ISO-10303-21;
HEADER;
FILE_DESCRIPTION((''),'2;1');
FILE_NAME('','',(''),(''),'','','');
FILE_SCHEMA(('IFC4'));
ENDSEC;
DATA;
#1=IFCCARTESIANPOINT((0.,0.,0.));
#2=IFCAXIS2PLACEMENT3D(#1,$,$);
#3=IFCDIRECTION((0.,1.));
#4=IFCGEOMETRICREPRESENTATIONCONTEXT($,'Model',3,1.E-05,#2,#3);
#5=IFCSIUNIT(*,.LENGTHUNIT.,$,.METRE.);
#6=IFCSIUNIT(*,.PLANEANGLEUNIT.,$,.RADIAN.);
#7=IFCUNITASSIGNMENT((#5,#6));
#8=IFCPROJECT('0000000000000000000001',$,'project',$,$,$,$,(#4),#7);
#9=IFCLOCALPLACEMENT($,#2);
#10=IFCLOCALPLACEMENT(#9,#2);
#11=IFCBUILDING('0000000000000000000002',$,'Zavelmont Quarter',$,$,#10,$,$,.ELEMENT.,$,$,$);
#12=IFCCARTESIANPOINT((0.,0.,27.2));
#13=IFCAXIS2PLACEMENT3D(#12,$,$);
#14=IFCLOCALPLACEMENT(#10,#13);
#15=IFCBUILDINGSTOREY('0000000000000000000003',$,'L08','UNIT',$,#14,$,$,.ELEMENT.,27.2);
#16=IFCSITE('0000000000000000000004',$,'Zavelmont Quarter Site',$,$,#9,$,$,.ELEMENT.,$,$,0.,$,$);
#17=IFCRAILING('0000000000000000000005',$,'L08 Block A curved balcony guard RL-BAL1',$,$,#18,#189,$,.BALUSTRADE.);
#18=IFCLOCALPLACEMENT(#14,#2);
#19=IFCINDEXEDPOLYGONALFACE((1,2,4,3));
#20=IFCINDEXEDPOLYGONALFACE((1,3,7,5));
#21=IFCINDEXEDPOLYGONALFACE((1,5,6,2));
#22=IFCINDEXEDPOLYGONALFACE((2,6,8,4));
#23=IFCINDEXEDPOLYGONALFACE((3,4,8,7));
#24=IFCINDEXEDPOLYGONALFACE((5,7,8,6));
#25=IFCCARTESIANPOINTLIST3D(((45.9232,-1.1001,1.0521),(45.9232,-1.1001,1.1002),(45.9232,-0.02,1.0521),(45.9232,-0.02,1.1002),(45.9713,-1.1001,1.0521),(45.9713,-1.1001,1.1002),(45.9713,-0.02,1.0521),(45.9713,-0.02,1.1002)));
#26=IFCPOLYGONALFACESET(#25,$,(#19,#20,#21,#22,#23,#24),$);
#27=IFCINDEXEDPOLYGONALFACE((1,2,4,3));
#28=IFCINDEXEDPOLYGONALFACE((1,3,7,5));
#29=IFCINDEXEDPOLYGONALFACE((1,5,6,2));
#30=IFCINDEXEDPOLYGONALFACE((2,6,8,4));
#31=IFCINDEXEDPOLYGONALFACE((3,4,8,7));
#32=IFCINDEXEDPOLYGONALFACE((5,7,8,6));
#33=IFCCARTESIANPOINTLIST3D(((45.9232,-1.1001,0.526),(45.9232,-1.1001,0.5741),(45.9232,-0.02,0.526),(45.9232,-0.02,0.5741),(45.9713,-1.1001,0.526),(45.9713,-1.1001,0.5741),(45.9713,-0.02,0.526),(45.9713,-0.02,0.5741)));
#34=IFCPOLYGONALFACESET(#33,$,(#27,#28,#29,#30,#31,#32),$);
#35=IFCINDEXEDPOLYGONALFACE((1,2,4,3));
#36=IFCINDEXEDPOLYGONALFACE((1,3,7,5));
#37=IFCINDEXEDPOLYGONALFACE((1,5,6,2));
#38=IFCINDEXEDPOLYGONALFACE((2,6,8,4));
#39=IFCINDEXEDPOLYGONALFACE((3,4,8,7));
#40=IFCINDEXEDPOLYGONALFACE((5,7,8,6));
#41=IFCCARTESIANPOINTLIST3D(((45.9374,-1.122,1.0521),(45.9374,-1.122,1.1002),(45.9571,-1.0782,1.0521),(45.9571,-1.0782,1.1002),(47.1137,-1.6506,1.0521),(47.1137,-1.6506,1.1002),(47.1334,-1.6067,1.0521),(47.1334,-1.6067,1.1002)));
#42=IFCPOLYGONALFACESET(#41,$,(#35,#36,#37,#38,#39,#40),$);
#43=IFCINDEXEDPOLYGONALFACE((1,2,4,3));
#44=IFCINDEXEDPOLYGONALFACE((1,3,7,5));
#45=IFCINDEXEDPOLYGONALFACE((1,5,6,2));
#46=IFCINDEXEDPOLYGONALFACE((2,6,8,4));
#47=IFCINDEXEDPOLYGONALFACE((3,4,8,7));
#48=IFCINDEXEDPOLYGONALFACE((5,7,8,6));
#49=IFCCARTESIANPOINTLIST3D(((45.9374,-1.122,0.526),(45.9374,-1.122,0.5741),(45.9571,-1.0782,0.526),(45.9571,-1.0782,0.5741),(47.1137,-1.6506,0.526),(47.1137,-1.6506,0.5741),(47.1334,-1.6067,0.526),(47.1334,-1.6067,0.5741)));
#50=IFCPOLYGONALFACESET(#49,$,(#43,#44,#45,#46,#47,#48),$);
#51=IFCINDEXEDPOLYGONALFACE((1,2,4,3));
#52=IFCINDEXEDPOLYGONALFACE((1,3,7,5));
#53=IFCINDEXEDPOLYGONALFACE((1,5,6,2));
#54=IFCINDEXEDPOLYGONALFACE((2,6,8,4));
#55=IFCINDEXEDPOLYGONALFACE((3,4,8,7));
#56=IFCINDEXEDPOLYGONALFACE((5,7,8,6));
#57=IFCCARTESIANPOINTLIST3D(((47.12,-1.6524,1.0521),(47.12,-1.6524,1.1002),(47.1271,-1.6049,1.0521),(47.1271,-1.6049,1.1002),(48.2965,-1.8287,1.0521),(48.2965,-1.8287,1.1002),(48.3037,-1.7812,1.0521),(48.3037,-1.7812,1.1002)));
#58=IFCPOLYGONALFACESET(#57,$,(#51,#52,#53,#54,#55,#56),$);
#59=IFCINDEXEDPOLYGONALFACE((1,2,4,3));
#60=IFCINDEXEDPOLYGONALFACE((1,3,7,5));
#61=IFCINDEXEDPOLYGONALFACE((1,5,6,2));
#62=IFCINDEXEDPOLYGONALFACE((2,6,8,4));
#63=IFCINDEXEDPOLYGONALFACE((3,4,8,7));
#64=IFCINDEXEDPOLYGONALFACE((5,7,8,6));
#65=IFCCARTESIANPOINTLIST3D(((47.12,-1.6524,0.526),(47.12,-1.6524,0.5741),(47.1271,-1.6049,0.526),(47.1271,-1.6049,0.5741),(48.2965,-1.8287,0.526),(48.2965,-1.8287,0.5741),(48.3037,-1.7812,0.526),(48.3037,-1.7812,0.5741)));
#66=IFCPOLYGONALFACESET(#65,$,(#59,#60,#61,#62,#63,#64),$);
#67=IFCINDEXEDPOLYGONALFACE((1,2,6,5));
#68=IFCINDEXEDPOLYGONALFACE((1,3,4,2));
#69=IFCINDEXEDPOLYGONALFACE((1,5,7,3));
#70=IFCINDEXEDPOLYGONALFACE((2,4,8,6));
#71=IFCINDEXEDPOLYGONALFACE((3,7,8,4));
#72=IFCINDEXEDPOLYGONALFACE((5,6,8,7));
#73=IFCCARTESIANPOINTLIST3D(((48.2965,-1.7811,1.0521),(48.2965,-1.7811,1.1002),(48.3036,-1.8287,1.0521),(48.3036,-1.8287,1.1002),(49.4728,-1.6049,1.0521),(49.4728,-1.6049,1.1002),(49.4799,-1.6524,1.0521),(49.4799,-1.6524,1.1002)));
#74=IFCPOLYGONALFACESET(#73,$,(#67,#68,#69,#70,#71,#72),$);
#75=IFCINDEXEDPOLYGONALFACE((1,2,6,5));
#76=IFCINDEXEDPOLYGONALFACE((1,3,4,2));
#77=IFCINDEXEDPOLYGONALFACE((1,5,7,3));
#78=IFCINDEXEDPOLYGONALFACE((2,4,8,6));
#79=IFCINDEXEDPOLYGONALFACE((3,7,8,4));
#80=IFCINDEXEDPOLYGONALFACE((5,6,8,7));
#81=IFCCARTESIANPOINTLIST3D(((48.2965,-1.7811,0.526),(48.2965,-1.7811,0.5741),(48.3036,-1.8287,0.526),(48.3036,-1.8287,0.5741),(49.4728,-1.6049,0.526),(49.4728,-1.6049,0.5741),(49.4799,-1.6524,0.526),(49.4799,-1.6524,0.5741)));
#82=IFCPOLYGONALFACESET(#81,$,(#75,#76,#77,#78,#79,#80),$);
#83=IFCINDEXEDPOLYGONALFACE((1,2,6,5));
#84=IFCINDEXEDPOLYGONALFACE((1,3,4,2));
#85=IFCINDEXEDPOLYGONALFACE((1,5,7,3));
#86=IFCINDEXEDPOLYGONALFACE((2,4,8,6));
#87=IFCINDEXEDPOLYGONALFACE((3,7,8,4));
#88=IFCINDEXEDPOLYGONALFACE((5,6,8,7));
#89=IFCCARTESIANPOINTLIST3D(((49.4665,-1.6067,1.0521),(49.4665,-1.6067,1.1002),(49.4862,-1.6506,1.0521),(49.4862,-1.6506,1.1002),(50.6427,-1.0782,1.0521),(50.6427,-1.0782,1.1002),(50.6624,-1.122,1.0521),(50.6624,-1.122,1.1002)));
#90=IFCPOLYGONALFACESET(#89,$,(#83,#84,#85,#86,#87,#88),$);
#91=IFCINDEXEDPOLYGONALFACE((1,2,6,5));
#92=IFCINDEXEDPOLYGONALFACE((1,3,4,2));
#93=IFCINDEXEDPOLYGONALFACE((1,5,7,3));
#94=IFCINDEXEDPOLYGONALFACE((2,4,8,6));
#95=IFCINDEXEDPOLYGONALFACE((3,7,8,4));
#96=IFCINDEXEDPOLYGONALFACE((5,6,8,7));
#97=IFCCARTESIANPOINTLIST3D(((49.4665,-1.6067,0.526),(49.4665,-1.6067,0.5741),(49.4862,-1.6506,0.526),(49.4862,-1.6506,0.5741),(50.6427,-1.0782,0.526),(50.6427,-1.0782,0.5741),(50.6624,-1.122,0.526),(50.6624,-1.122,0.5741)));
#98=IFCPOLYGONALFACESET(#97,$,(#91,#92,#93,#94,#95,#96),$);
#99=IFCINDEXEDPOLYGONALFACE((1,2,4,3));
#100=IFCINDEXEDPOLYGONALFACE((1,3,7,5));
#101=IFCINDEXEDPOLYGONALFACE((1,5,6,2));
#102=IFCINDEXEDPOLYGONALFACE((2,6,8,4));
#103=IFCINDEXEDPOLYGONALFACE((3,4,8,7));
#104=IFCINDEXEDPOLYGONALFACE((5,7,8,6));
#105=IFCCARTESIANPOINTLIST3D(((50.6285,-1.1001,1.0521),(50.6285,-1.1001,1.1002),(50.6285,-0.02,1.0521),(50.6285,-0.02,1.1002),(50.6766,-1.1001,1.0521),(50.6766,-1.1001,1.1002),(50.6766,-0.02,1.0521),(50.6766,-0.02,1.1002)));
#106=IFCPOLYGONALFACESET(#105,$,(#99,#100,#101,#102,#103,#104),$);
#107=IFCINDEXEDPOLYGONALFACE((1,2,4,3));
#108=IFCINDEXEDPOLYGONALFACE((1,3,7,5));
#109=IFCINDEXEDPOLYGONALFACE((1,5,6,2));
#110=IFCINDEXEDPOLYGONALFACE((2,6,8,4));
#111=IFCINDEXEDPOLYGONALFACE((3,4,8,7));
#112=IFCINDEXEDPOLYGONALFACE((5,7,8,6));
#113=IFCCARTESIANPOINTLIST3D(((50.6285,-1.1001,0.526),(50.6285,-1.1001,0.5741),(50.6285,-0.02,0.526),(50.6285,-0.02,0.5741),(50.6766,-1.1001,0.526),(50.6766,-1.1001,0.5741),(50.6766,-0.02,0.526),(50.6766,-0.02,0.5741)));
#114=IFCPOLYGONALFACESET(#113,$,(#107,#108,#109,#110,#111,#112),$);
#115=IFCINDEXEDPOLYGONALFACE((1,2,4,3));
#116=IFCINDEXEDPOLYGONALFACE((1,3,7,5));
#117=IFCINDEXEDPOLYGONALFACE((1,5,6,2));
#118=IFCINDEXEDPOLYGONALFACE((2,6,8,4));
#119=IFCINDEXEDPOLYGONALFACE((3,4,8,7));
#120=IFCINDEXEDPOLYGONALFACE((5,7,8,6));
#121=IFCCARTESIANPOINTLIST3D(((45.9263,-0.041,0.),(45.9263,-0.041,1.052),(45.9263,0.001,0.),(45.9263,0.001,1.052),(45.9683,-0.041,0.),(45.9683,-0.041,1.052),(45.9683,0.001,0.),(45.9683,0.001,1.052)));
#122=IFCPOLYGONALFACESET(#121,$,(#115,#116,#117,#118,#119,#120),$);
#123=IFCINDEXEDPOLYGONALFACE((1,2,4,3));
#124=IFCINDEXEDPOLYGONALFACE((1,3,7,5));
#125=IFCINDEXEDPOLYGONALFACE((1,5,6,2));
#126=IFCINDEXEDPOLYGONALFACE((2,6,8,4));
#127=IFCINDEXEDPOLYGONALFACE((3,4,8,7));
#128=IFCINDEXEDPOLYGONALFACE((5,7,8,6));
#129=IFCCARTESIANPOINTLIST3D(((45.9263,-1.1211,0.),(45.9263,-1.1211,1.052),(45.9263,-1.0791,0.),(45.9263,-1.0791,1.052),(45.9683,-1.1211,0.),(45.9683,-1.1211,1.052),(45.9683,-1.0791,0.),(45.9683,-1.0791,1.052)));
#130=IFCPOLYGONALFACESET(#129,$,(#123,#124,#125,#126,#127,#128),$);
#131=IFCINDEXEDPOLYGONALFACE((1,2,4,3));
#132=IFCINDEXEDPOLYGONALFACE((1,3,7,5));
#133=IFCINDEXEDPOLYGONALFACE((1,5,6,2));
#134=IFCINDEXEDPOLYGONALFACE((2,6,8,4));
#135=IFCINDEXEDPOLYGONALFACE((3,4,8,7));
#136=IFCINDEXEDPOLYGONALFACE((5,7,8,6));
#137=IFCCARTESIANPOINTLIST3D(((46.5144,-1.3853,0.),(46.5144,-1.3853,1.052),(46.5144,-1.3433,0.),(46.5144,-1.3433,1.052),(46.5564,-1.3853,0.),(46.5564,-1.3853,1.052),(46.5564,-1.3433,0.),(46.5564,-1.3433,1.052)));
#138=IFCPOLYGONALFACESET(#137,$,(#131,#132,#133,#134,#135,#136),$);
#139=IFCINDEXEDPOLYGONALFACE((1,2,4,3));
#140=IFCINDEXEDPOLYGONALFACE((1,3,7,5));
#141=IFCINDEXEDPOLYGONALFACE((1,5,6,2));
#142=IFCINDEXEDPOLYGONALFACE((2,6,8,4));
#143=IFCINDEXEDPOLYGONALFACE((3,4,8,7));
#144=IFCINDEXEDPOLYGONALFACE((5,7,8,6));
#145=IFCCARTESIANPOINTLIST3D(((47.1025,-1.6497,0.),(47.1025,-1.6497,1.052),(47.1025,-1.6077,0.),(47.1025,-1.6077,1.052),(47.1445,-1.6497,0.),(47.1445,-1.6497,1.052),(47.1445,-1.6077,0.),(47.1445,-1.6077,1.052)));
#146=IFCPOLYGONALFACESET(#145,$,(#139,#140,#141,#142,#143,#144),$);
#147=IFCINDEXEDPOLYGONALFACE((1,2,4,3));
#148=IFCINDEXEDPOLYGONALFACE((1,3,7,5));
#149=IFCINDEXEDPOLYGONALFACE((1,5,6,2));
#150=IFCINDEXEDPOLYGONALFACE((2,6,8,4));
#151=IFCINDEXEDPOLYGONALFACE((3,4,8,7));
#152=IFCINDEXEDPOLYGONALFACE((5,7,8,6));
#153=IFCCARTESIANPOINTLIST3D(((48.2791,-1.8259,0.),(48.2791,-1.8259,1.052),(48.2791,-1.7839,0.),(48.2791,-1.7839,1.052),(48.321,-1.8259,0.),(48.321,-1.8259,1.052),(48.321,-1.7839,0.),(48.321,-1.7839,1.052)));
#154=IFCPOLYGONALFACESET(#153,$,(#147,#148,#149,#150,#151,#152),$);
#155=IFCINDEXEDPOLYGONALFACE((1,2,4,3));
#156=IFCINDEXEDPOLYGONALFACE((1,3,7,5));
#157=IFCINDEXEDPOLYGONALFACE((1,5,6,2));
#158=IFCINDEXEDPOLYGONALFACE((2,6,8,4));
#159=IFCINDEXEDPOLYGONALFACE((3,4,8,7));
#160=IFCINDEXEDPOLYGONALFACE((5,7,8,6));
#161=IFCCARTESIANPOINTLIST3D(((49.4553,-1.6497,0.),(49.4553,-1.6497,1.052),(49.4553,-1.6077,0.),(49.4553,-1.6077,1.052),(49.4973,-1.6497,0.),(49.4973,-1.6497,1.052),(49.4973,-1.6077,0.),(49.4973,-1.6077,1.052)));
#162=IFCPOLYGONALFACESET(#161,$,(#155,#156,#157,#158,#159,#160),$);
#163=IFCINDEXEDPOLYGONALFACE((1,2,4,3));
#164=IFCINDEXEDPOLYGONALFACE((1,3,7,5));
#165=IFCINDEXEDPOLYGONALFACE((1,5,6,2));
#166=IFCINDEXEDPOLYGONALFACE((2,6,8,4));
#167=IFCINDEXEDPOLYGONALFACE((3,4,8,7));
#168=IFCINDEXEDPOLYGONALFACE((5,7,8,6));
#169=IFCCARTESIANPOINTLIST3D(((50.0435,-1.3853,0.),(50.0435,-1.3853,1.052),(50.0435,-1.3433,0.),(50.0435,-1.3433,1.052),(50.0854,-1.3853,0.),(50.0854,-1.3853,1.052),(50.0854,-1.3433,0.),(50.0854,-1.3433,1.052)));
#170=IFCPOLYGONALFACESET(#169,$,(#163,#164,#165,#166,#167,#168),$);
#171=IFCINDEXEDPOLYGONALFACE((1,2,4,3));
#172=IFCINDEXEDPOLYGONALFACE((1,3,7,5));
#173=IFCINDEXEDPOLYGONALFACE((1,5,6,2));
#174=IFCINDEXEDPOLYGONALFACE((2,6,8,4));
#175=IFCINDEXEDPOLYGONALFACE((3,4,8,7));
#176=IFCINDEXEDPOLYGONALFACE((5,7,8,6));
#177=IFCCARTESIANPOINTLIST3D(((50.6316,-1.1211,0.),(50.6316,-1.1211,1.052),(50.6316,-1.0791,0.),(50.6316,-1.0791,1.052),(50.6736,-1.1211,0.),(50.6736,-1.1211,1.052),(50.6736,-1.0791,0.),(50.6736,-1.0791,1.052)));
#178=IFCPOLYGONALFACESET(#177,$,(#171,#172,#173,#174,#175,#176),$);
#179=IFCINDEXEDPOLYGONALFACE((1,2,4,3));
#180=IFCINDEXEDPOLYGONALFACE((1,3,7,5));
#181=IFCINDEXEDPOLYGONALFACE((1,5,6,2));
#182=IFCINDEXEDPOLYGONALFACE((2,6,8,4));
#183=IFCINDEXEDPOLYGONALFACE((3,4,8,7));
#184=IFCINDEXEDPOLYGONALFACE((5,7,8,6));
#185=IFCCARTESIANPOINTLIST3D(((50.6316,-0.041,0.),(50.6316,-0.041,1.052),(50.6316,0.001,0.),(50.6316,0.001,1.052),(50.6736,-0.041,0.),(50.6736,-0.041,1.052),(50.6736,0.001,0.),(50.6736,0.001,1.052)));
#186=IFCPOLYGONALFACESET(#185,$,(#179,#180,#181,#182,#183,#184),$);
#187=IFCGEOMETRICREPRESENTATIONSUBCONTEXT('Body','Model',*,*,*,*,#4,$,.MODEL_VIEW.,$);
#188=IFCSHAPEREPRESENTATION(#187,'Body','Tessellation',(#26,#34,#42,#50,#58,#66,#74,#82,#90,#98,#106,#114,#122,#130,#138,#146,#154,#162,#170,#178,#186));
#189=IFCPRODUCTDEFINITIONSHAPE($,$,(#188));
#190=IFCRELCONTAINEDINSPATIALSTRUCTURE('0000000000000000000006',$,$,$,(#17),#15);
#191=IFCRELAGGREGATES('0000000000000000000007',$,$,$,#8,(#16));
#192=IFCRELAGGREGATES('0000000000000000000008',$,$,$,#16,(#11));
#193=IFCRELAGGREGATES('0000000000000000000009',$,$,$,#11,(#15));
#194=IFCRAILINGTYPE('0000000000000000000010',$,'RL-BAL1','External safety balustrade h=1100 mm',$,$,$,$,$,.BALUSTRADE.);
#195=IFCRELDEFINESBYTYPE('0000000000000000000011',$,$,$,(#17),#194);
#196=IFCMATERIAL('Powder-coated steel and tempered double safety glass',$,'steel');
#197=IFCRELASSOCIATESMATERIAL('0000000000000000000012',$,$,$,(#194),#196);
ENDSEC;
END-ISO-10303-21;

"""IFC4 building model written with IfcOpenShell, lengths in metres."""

from ifc_helpers import new_model, si_unit, direction, frame, origin, origin_2d, place, context, subcontext, project, spatial, rectangle, extrude, material, type_object, element, save


model = new_model("IFC4")

# Units and contexts
model_context = context("Model", 3, precision=1e-05, world=origin(), true_north=direction((0.0, 1.0)))
body_context = subcontext(model_context, "Body", "Model", "MODEL_VIEW")
ifc_project = project(units=[si_unit("LENGTHUNIT", "METRE"), si_unit("PLANEANGLEUNIT", "RADIAN")], contexts=[model_context])

# Site, building, storey
site_placement = place(None, origin())
site = spatial("IfcSite", under=ifc_project, at=site_placement, Name="Zavelmont Quarter Site", CompositionType="ELEMENT", RefElevation=0.0)
building_placement = place(site_placement, origin())
building = spatial("IfcBuilding", under=site, at=building_placement, Name="Zavelmont Quarter", CompositionType="ELEMENT")
storey_placement = place(building_placement, frame((0.0, 0.0, 27.2)))
storey = spatial("IfcBuildingStorey", under=building, at=storey_placement, Name="L08", Description="UNIT", CompositionType="ELEMENT", Elevation=27.2)

# Railing
ifc_material_1 = material(Name="Powder-coated steel and tempered double safety glass", Category="steel")
railing_type = type_object("IfcRailingType", Name="RL-BAL1", Description="External safety balustrade h=1100 mm", PredefinedType="BALUSTRADE", material=ifc_material_1)
railing_placement = place(storey_placement, frame((45.9473, -0.02, 0.0)))
element("IfcRailing", 1, at=railing_placement, inside=storey, type_object=railing_type, Name="L08 Block A curved balcony guard RL-BAL1", PredefinedType="BALUSTRADE", context=body_context, shape_type="SweptSolid", body=[
    extrude(rectangle(XDim=0.0481, YDim=0.0481, at=origin_2d()), frame((0.0, 0.0, 1.0762), z_axis=(0.0, -1.0, 0.0), x_axis=(1.0, 0.0, 0.0)), (0.0, 0.0, 1.0), 1.0801),
    extrude(rectangle(XDim=0.0481, YDim=0.0481, at=origin_2d()), frame((0.0, 0.0, 0.55), z_axis=(0.0, -1.0, 0.0), x_axis=(1.0, 0.0, 0.0)), (0.0, 0.0, 1.0), 1.0801),
    extrude(rectangle(XDim=0.0481, YDim=0.0481, at=origin_2d()), frame((0.0, -1.0801, 1.0762), z_axis=(0.912141, -0.409877, 0.0), x_axis=(0.409877, 0.912141, 0.0)), (0.0, 0.0, 1.0), 1.2896),
    extrude(rectangle(XDim=0.0481, YDim=0.0481, at=origin_2d()), frame((0.0, -1.0801, 0.55), z_axis=(0.912141, -0.409877, 0.0), x_axis=(0.409877, 0.912141, 0.0)), (0.0, 0.0, 1.0), 1.2896),
    extrude(rectangle(XDim=0.0481, YDim=0.0481, at=origin_2d()), frame((1.1763, -1.6086, 1.0762), z_axis=(0.988962, -0.14817, 0.0), x_axis=(0.14817, 0.988962, 0.0)), (0.0, 0.0, 1.0), 1.1897),
    extrude(rectangle(XDim=0.0481, YDim=0.0481, at=origin_2d()), frame((1.1763, -1.6086, 0.55), z_axis=(0.988962, -0.14817, 0.0), x_axis=(0.14817, 0.988962, 0.0)), (0.0, 0.0, 1.0), 1.1897),
    extrude(rectangle(XDim=0.0481, YDim=0.0481, at=origin_2d()), frame((2.3528, -1.7849, 1.0762), z_axis=(0.988957, 0.1482, 0.0), x_axis=(-0.1482, 0.988957, 0.0)), (0.0, 0.0, 1.0), 1.1895),
    extrude(rectangle(XDim=0.0481, YDim=0.0481, at=origin_2d()), frame((2.3528, -1.7849, 0.55), z_axis=(0.988957, 0.1482, 0.0), x_axis=(-0.1482, 0.988957, 0.0)), (0.0, 0.0, 1.0), 1.1895),
    extrude(rectangle(XDim=0.0481, YDim=0.0481, at=origin_2d()), frame((3.5291, -1.6086, 1.0762), z_axis=(0.912141, 0.409877, 0.0), x_axis=(-0.409877, 0.912141, 0.0)), (0.0, 0.0, 1.0), 1.2896),
    extrude(rectangle(XDim=0.0481, YDim=0.0481, at=origin_2d()), frame((3.5291, -1.6086, 0.55), z_axis=(0.912141, 0.409877, 0.0), x_axis=(-0.409877, 0.912141, 0.0)), (0.0, 0.0, 1.0), 1.2896),
    extrude(rectangle(XDim=0.0481, YDim=0.0481, at=origin_2d()), frame((4.7053, -1.0801, 1.0762), z_axis=(0.0, 1.0, 0.0), x_axis=(-1.0, 0.0, 0.0)), (0.0, 0.0, 1.0), 1.0801),
    extrude(rectangle(XDim=0.0481, YDim=0.0481, at=origin_2d()), frame((4.7053, -1.0801, 0.55), z_axis=(0.0, 1.0, 0.0), x_axis=(-1.0, 0.0, 0.0)), (0.0, 0.0, 1.0), 1.0801),
    extrude(rectangle(XDim=0.042, YDim=0.042, at=origin_2d()), origin(), (0.0, 0.0, 1.0), 1.052),
    extrude(rectangle(XDim=0.042, YDim=0.042, at=origin_2d()), frame((0.0, -1.0801, 0.0)), (0.0, 0.0, 1.0), 1.052),
    extrude(rectangle(XDim=0.042, YDim=0.042, at=origin_2d()), frame((0.5881, -1.3442, 0.0)), (0.0, 0.0, 1.0), 1.052),
    extrude(rectangle(XDim=0.042, YDim=0.042, at=origin_2d()), frame((1.1763, -1.6086, 0.0)), (0.0, 0.0, 1.0), 1.052),
    extrude(rectangle(XDim=0.042, YDim=0.042, at=origin_2d()), frame((2.3528, -1.7849, 0.0)), (0.0, 0.0, 1.0), 1.052),
    extrude(rectangle(XDim=0.042, YDim=0.042, at=origin_2d()), frame((3.5291, -1.6086, 0.0)), (0.0, 0.0, 1.0), 1.052),
    extrude(rectangle(XDim=0.042, YDim=0.042, at=origin_2d()), frame((4.1172, -1.3442, 0.0)), (0.0, 0.0, 1.0), 1.052),
    extrude(rectangle(XDim=0.042, YDim=0.042, at=origin_2d()), frame((4.7053, -1.0801, 0.0)), (0.0, 0.0, 1.0), 1.052),
    extrude(rectangle(XDim=0.042, YDim=0.042, at=origin_2d()), frame((4.7053, 0.0, 0.0)), (0.0, 0.0, 1.0), 1.052),
])

save(model, "model.ifc")
